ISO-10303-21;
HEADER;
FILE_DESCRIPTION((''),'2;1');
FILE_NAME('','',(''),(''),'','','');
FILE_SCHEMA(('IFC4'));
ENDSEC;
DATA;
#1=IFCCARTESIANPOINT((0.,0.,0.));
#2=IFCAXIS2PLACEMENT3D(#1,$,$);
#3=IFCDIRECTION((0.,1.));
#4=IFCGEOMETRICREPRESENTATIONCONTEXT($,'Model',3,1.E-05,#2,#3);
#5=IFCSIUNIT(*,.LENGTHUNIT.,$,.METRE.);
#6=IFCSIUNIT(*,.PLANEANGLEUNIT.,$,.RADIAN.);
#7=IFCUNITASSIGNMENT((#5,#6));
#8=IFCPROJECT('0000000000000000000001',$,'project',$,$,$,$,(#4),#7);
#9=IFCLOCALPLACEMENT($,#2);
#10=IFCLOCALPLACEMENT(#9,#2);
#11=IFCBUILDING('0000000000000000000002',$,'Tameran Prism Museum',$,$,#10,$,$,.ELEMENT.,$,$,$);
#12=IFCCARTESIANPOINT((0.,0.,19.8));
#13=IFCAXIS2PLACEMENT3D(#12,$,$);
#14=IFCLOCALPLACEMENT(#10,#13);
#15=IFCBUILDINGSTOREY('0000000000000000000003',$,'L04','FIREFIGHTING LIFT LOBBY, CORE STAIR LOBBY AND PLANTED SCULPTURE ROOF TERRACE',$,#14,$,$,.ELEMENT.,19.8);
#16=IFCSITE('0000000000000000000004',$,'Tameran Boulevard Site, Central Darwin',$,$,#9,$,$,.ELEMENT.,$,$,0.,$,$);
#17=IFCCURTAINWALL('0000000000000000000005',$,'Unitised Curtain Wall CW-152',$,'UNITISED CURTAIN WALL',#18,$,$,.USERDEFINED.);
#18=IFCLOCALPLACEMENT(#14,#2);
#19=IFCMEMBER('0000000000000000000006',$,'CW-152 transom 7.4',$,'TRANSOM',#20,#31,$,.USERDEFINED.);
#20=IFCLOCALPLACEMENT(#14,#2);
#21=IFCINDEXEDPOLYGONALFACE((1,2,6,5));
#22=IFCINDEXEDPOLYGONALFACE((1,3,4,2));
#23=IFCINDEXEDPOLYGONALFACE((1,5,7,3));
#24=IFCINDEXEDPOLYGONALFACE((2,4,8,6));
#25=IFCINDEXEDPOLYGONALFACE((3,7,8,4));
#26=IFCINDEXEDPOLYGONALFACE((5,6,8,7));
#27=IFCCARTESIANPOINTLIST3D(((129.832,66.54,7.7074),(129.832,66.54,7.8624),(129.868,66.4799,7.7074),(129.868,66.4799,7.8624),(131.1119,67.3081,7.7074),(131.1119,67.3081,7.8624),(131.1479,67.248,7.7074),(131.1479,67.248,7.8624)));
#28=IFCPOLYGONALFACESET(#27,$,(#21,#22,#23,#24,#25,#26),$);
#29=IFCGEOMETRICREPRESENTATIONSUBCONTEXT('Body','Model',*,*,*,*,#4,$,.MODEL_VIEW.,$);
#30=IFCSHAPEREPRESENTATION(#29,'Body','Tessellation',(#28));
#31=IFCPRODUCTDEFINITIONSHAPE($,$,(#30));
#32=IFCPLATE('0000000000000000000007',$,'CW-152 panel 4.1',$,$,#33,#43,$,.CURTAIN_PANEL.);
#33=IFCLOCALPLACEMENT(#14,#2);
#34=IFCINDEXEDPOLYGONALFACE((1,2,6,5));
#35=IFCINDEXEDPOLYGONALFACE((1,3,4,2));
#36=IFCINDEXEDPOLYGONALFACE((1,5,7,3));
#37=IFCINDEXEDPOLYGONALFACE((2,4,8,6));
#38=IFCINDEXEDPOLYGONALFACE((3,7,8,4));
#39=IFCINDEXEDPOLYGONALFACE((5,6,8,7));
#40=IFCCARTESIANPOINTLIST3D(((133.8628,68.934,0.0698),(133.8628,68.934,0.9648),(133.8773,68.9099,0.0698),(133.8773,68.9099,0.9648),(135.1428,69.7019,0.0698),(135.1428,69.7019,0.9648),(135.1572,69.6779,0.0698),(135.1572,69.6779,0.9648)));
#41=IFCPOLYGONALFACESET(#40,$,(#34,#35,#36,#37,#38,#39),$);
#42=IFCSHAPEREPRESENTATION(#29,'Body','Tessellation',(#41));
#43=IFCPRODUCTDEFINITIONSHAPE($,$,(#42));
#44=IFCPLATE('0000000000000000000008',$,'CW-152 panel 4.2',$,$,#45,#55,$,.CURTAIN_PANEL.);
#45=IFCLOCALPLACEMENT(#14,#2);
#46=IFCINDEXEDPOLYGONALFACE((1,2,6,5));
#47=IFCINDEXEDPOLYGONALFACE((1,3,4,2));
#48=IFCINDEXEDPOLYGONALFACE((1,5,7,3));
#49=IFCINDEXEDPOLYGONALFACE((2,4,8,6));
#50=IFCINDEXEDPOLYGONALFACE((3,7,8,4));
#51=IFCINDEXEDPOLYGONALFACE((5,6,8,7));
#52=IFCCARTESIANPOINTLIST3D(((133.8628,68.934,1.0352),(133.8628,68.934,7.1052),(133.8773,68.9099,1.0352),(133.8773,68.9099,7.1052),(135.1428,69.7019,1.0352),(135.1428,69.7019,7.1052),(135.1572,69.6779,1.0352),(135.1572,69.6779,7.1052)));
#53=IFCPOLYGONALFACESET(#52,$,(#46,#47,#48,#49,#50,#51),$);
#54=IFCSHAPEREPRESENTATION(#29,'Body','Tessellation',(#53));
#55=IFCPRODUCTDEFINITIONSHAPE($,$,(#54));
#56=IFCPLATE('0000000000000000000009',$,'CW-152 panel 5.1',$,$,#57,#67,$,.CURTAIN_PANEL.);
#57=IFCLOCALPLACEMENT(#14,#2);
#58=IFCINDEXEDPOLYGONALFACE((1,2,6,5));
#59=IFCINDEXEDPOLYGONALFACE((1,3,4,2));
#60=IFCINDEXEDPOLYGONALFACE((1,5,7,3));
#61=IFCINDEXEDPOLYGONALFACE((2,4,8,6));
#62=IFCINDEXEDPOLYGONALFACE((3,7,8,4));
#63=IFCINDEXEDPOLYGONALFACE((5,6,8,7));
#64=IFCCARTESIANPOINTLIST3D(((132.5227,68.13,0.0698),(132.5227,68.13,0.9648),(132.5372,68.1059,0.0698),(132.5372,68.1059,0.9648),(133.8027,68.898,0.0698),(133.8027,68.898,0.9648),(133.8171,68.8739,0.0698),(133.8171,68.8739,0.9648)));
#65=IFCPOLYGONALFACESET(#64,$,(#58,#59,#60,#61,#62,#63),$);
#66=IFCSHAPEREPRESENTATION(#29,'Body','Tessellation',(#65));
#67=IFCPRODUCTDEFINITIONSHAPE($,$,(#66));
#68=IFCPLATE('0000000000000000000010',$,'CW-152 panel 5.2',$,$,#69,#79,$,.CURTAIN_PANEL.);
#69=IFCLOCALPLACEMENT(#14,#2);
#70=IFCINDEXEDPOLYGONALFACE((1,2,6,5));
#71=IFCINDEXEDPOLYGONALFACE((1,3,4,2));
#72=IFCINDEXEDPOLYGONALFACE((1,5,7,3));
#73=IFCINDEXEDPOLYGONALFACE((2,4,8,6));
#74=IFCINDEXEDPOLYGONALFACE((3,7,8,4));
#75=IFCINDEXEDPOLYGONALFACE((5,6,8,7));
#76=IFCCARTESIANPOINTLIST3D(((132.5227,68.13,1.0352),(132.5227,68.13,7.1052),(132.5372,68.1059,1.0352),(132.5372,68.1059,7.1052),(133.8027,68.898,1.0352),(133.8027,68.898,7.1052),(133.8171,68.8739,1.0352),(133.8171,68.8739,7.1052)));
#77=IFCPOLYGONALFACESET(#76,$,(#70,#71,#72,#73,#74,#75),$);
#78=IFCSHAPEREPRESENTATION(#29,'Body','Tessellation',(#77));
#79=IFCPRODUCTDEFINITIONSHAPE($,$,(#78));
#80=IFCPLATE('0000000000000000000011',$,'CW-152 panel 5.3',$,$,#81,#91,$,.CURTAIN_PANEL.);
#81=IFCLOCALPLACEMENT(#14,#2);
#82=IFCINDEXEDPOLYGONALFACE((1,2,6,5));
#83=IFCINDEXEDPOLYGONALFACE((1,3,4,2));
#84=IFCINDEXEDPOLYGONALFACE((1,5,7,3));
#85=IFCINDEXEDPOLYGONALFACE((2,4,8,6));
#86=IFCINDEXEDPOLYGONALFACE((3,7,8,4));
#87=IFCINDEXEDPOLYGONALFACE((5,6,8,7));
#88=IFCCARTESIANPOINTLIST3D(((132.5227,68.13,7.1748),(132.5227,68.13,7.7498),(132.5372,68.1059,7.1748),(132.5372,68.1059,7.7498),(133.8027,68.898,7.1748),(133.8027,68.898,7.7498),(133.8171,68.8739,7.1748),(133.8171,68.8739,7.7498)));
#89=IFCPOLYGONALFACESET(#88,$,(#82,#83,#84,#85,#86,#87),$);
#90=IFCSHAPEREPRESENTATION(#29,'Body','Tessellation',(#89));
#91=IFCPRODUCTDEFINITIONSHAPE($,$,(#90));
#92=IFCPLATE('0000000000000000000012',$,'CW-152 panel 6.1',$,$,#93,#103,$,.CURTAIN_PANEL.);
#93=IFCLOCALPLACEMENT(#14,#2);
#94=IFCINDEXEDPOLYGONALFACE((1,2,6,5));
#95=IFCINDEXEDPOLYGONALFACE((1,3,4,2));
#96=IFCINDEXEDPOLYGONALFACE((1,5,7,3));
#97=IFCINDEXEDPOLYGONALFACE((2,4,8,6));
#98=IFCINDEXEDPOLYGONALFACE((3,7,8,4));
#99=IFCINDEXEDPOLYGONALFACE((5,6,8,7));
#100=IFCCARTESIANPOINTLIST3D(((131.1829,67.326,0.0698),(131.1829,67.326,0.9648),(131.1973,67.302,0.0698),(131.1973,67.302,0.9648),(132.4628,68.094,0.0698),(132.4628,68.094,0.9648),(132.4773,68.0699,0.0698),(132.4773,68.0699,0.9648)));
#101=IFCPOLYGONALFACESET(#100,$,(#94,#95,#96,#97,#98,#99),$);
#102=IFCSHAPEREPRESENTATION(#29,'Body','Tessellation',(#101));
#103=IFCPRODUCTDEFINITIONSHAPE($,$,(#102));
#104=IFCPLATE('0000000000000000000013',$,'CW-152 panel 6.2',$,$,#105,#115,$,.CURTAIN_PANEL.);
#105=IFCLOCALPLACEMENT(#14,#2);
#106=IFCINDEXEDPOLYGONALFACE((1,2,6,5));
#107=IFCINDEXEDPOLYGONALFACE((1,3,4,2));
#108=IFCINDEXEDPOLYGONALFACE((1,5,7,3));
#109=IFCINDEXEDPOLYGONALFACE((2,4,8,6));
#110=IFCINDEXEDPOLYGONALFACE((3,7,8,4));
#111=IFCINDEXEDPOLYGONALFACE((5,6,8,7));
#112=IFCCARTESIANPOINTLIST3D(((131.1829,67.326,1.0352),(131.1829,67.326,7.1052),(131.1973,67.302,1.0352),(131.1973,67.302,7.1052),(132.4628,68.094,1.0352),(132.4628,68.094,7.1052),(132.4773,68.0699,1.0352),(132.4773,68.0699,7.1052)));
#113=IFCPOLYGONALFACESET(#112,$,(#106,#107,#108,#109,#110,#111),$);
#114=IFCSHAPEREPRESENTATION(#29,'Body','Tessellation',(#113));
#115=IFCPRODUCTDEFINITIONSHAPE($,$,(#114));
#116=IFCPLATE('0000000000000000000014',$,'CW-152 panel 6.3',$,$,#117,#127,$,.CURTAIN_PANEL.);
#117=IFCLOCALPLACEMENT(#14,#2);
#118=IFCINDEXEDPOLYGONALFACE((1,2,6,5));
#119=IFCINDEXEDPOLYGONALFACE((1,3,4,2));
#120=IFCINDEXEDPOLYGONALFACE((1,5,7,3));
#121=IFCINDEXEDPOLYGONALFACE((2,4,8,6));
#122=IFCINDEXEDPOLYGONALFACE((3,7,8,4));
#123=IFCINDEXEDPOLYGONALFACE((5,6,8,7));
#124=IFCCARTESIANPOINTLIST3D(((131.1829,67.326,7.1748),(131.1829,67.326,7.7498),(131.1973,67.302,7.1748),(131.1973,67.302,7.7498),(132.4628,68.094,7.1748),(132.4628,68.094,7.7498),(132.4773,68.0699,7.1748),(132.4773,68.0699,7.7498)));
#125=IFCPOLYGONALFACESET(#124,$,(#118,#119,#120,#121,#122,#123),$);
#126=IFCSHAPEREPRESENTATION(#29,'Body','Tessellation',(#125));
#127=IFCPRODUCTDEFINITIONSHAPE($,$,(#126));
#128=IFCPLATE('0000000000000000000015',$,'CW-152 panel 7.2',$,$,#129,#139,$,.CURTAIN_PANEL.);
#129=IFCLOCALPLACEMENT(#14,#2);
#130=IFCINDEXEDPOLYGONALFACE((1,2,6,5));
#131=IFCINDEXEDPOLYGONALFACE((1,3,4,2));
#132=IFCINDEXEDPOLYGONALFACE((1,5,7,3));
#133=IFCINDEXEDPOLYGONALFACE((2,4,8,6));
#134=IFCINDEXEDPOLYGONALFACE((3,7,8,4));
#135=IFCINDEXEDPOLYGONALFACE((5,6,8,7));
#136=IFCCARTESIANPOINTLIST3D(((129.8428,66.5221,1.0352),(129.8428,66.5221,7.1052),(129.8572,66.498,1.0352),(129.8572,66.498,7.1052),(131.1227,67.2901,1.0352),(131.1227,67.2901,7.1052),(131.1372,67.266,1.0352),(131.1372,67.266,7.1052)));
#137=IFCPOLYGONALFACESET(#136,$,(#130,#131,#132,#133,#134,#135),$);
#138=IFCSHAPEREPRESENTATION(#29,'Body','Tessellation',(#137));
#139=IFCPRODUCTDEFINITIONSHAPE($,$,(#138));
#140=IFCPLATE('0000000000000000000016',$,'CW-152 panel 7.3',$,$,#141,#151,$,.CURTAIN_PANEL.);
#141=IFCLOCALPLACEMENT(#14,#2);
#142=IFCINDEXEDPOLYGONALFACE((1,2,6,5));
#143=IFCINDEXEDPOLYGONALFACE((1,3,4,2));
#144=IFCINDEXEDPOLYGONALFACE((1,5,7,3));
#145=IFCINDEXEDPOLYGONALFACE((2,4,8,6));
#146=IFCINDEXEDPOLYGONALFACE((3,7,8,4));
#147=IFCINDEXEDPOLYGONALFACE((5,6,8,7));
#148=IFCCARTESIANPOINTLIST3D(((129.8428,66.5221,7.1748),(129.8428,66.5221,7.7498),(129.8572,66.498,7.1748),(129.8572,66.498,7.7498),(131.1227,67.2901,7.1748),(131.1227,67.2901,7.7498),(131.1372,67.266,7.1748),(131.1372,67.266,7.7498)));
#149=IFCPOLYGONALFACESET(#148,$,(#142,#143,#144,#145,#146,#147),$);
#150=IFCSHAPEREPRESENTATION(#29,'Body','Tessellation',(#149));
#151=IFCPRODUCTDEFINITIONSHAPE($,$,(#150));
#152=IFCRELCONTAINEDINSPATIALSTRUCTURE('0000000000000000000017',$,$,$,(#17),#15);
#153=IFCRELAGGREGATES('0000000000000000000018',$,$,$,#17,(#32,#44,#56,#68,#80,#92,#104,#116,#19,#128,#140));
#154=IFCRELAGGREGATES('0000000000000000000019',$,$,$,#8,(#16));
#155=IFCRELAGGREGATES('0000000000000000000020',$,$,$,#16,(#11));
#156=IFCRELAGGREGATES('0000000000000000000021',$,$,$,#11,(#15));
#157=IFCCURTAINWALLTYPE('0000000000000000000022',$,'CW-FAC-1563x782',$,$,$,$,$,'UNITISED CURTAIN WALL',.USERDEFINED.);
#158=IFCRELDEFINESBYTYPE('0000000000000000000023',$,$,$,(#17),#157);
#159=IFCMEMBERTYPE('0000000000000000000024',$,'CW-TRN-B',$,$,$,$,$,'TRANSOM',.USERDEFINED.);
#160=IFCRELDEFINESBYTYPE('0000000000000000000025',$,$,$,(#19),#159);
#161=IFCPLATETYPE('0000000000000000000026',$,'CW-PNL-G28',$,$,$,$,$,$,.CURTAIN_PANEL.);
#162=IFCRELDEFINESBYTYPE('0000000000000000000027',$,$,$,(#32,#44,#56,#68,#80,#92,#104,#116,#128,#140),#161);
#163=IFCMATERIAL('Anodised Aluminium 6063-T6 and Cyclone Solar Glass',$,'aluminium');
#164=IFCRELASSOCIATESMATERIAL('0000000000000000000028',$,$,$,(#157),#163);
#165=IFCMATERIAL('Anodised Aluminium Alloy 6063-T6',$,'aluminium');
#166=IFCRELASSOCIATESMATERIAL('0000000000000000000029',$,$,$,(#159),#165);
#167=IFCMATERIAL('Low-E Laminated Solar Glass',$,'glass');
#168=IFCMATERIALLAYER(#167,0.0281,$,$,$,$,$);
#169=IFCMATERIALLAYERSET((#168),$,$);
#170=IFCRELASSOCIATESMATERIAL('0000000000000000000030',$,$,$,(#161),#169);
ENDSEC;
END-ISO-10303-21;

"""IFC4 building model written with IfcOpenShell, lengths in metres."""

from ifc_helpers import new_model, si_unit, direction, frame, origin, origin_2d, place, context, subcontext, project, spatial, rectangle, extrude, material, layer, layer_set, material_profile, profile_set, type_object, element, aggregate, save


model = new_model("IFC4")

# Units and contexts
model_context = context("Model", 3, precision=1e-05, world=origin(), true_north=direction((0.0, 1.0)))
body_context = subcontext(model_context, "Body", "Model", "MODEL_VIEW")
ifc_project = project(units=[si_unit("LENGTHUNIT", "METRE"), si_unit("PLANEANGLEUNIT", "RADIAN")], contexts=[model_context])

# Site, building, storey
site_placement = place(None, origin())
site = spatial("IfcSite", under=ifc_project, at=site_placement, Name="Tameran Boulevard Site, Central Darwin", CompositionType="ELEMENT", RefElevation=0.0)
building_placement = place(site_placement, origin())
building = spatial("IfcBuilding", under=site, at=building_placement, Name="Tameran Prism Museum", CompositionType="ELEMENT")
storey_placement = place(building_placement, frame((0.0, 0.0, 19.8)))
storey = spatial("IfcBuildingStorey", under=building, at=storey_placement, Name="L04", Description="FIREFIGHTING LIFT LOBBY, CORE STAIR LOBBY AND PLANTED SCULPTURE ROOF TERRACE", CompositionType="ELEMENT", Elevation=19.8)

# Curtain wall, member, plates
ifc_material_1 = material(Name="Anodised Aluminium 6063-T6 and Cyclone Solar Glass", Category="aluminium")
curtain_wall_type = type_object("IfcCurtainWallType", Name="CW-FAC-1563x782", ElementType="UNITISED CURTAIN WALL", PredefinedType="USERDEFINED", material=ifc_material_1)
curtain_wall_placement = place(storey_placement, origin())
curtain_wall = element("IfcCurtainWall", 1, at=curtain_wall_placement, inside=storey, type_object=curtain_wall_type, Name="Unitised Curtain Wall CW-152", ObjectType="UNITISED CURTAIN WALL", PredefinedType="USERDEFINED")
ifc_material_2 = material(Name="Anodised Aluminium Alloy 6063-T6", Category="aluminium")
ifc_material_profile_1 = material_profile(ifc_material_2, rectangle(XDim=0.0701, YDim=0.155, at=origin_2d()))
ifc_profile_set_1 = profile_set([ifc_material_profile_1])
member_type_1 = type_object("IfcMemberType", Name="CW-TRN-B", ElementType="TRANSOM", PredefinedType="USERDEFINED", material=ifc_profile_set_1)
member_1_placement = place(storey_placement, frame((131.1299, 67.2781, 7.7849), z_axis=(-0.857435, -0.514592, 0.0), x_axis=(0.514592, -0.857435, 0.0)))
member_1 = element("IfcMember", 2, at=member_1_placement, type_object=member_type_1, Name="CW-152 transom 7.4", ObjectType="TRANSOM", PredefinedType="USERDEFINED", context=body_context, shape_type="SweptSolid", body=[
    extrude(rectangle(XDim=0.0701, YDim=0.155, at=origin_2d()), origin(), (0.0, 0.0, 1.0), 1.4927),
])
ifc_material_3 = material(Name="Low-E Laminated Solar Glass", Category="glass")
ifc_layer = layer(ifc_material_3, 0.0281)
ifc_layer_set = layer_set([ifc_layer])
plate_type = type_object("IfcPlateType", Name="CW-PNL-G28", PredefinedType="CURTAIN_PANEL", material=ifc_layer_set)
plate_1_placement = place(storey_placement, frame((134.51, 69.3059, 0.0698), z_axis=(0.0, 0.0, 1.0), x_axis=(-0.857493, -0.514496, 0.0)))
plate_1 = element("IfcPlate", 3, at=plate_1_placement, type_object=plate_type, Name="CW-152 panel 4.1", PredefinedType="CURTAIN_PANEL", context=body_context, shape_type="SweptSolid", body=[
    extrude(rectangle(XDim=1.4927, YDim=0.0281, at=origin_2d()), origin(), (0.0, 0.0, 1.0), 0.895),
])
plate_2_placement = place(storey_placement, frame((134.51, 69.3059, 1.0352), z_axis=(0.0, 0.0, 1.0), x_axis=(-0.857493, -0.514496, 0.0)))
plate_2 = element("IfcPlate", 4, at=plate_2_placement, type_object=plate_type, Name="CW-152 panel 4.2", PredefinedType="CURTAIN_PANEL", context=body_context, shape_type="SweptSolid", body=[
    extrude(rectangle(XDim=1.4927, YDim=0.0281, at=origin_2d()), origin(), (0.0, 0.0, 1.0), 6.0701),
])
plate_3_placement = place(storey_placement, frame((133.1699, 68.502, 0.0698), z_axis=(0.0, 0.0, 1.0), x_axis=(-0.857493, -0.514496, 0.0)))
plate_3 = element("IfcPlate", 5, at=plate_3_placement, type_object=plate_type, Name="CW-152 panel 5.1", PredefinedType="CURTAIN_PANEL", context=body_context, shape_type="SweptSolid", body=[
    extrude(rectangle(XDim=1.4927, YDim=0.0281, at=origin_2d()), origin(), (0.0, 0.0, 1.0), 0.895),
])
plate_4_placement = place(storey_placement, frame((133.1699, 68.502, 1.0352), z_axis=(0.0, 0.0, 1.0), x_axis=(-0.857493, -0.514496, 0.0)))
plate_4 = element("IfcPlate", 6, at=plate_4_placement, type_object=plate_type, Name="CW-152 panel 5.2", PredefinedType="CURTAIN_PANEL", context=body_context, shape_type="SweptSolid", body=[
    extrude(rectangle(XDim=1.4927, YDim=0.0281, at=origin_2d()), origin(), (0.0, 0.0, 1.0), 6.0701),
])
plate_5_placement = place(storey_placement, frame((133.1699, 68.502, 7.1748), z_axis=(0.0, 0.0, 1.0), x_axis=(-0.857493, -0.514496, 0.0)))
plate_5 = element("IfcPlate", 7, at=plate_5_placement, type_object=plate_type, Name="CW-152 panel 5.3", PredefinedType="CURTAIN_PANEL", context=body_context, shape_type="SweptSolid", body=[
    extrude(rectangle(XDim=1.4927, YDim=0.0281, at=origin_2d()), origin(), (0.0, 0.0, 1.0), 0.575),
])
plate_6_placement = place(storey_placement, frame((131.8301, 67.698, 0.0698), z_axis=(0.0, 0.0, 1.0), x_axis=(-0.857493, -0.514496, 0.0)))
plate_6 = element("IfcPlate", 8, at=plate_6_placement, type_object=plate_type, Name="CW-152 panel 6.1", PredefinedType="CURTAIN_PANEL", context=body_context, shape_type="SweptSolid", body=[
    extrude(rectangle(XDim=1.4927, YDim=0.0281, at=origin_2d()), origin(), (0.0, 0.0, 1.0), 0.895),
])
plate_7_placement = place(storey_placement, frame((131.8301, 67.698, 1.0352), z_axis=(0.0, 0.0, 1.0), x_axis=(-0.857493, -0.514496, 0.0)))
plate_7 = element("IfcPlate", 9, at=plate_7_placement, type_object=plate_type, Name="CW-152 panel 6.2", PredefinedType="CURTAIN_PANEL", context=body_context, shape_type="SweptSolid", body=[
    extrude(rectangle(XDim=1.4927, YDim=0.0281, at=origin_2d()), origin(), (0.0, 0.0, 1.0), 6.0701),
])
plate_8_placement = place(storey_placement, frame((131.8301, 67.698, 7.1748), z_axis=(0.0, 0.0, 1.0), x_axis=(-0.857493, -0.514496, 0.0)))
plate_8 = element("IfcPlate", 10, at=plate_8_placement, type_object=plate_type, Name="CW-152 panel 6.3", PredefinedType="CURTAIN_PANEL", context=body_context, shape_type="SweptSolid", body=[
    extrude(rectangle(XDim=1.4927, YDim=0.0281, at=origin_2d()), origin(), (0.0, 0.0, 1.0), 0.575),
])
plate_9_placement = place(storey_placement, frame((130.49, 66.894, 1.0352), z_axis=(0.0, 0.0, 1.0), x_axis=(-0.857493, -0.514496, 0.0)))
plate_9 = element("IfcPlate", 11, at=plate_9_placement, type_object=plate_type, Name="CW-152 panel 7.2", PredefinedType="CURTAIN_PANEL", context=body_context, shape_type="SweptSolid", body=[
    extrude(rectangle(XDim=1.4927, YDim=0.0281, at=origin_2d()), origin(), (0.0, 0.0, 1.0), 6.0701),
])
plate_10_placement = place(storey_placement, frame((130.49, 66.894, 7.1748), z_axis=(0.0, 0.0, 1.0), x_axis=(-0.857493, -0.514496, 0.0)))
plate_10 = element("IfcPlate", 12, at=plate_10_placement, type_object=plate_type, Name="CW-152 panel 7.3", PredefinedType="CURTAIN_PANEL", context=body_context, shape_type="SweptSolid", body=[
    extrude(rectangle(XDim=1.4927, YDim=0.0281, at=origin_2d()), origin(), (0.0, 0.0, 1.0), 0.575),
])
aggregate(curtain_wall, [plate_1, plate_2, plate_3, plate_4, plate_5, plate_6, plate_7, plate_8, member_1, plate_9, plate_10])

save(model, "model.ifc")
